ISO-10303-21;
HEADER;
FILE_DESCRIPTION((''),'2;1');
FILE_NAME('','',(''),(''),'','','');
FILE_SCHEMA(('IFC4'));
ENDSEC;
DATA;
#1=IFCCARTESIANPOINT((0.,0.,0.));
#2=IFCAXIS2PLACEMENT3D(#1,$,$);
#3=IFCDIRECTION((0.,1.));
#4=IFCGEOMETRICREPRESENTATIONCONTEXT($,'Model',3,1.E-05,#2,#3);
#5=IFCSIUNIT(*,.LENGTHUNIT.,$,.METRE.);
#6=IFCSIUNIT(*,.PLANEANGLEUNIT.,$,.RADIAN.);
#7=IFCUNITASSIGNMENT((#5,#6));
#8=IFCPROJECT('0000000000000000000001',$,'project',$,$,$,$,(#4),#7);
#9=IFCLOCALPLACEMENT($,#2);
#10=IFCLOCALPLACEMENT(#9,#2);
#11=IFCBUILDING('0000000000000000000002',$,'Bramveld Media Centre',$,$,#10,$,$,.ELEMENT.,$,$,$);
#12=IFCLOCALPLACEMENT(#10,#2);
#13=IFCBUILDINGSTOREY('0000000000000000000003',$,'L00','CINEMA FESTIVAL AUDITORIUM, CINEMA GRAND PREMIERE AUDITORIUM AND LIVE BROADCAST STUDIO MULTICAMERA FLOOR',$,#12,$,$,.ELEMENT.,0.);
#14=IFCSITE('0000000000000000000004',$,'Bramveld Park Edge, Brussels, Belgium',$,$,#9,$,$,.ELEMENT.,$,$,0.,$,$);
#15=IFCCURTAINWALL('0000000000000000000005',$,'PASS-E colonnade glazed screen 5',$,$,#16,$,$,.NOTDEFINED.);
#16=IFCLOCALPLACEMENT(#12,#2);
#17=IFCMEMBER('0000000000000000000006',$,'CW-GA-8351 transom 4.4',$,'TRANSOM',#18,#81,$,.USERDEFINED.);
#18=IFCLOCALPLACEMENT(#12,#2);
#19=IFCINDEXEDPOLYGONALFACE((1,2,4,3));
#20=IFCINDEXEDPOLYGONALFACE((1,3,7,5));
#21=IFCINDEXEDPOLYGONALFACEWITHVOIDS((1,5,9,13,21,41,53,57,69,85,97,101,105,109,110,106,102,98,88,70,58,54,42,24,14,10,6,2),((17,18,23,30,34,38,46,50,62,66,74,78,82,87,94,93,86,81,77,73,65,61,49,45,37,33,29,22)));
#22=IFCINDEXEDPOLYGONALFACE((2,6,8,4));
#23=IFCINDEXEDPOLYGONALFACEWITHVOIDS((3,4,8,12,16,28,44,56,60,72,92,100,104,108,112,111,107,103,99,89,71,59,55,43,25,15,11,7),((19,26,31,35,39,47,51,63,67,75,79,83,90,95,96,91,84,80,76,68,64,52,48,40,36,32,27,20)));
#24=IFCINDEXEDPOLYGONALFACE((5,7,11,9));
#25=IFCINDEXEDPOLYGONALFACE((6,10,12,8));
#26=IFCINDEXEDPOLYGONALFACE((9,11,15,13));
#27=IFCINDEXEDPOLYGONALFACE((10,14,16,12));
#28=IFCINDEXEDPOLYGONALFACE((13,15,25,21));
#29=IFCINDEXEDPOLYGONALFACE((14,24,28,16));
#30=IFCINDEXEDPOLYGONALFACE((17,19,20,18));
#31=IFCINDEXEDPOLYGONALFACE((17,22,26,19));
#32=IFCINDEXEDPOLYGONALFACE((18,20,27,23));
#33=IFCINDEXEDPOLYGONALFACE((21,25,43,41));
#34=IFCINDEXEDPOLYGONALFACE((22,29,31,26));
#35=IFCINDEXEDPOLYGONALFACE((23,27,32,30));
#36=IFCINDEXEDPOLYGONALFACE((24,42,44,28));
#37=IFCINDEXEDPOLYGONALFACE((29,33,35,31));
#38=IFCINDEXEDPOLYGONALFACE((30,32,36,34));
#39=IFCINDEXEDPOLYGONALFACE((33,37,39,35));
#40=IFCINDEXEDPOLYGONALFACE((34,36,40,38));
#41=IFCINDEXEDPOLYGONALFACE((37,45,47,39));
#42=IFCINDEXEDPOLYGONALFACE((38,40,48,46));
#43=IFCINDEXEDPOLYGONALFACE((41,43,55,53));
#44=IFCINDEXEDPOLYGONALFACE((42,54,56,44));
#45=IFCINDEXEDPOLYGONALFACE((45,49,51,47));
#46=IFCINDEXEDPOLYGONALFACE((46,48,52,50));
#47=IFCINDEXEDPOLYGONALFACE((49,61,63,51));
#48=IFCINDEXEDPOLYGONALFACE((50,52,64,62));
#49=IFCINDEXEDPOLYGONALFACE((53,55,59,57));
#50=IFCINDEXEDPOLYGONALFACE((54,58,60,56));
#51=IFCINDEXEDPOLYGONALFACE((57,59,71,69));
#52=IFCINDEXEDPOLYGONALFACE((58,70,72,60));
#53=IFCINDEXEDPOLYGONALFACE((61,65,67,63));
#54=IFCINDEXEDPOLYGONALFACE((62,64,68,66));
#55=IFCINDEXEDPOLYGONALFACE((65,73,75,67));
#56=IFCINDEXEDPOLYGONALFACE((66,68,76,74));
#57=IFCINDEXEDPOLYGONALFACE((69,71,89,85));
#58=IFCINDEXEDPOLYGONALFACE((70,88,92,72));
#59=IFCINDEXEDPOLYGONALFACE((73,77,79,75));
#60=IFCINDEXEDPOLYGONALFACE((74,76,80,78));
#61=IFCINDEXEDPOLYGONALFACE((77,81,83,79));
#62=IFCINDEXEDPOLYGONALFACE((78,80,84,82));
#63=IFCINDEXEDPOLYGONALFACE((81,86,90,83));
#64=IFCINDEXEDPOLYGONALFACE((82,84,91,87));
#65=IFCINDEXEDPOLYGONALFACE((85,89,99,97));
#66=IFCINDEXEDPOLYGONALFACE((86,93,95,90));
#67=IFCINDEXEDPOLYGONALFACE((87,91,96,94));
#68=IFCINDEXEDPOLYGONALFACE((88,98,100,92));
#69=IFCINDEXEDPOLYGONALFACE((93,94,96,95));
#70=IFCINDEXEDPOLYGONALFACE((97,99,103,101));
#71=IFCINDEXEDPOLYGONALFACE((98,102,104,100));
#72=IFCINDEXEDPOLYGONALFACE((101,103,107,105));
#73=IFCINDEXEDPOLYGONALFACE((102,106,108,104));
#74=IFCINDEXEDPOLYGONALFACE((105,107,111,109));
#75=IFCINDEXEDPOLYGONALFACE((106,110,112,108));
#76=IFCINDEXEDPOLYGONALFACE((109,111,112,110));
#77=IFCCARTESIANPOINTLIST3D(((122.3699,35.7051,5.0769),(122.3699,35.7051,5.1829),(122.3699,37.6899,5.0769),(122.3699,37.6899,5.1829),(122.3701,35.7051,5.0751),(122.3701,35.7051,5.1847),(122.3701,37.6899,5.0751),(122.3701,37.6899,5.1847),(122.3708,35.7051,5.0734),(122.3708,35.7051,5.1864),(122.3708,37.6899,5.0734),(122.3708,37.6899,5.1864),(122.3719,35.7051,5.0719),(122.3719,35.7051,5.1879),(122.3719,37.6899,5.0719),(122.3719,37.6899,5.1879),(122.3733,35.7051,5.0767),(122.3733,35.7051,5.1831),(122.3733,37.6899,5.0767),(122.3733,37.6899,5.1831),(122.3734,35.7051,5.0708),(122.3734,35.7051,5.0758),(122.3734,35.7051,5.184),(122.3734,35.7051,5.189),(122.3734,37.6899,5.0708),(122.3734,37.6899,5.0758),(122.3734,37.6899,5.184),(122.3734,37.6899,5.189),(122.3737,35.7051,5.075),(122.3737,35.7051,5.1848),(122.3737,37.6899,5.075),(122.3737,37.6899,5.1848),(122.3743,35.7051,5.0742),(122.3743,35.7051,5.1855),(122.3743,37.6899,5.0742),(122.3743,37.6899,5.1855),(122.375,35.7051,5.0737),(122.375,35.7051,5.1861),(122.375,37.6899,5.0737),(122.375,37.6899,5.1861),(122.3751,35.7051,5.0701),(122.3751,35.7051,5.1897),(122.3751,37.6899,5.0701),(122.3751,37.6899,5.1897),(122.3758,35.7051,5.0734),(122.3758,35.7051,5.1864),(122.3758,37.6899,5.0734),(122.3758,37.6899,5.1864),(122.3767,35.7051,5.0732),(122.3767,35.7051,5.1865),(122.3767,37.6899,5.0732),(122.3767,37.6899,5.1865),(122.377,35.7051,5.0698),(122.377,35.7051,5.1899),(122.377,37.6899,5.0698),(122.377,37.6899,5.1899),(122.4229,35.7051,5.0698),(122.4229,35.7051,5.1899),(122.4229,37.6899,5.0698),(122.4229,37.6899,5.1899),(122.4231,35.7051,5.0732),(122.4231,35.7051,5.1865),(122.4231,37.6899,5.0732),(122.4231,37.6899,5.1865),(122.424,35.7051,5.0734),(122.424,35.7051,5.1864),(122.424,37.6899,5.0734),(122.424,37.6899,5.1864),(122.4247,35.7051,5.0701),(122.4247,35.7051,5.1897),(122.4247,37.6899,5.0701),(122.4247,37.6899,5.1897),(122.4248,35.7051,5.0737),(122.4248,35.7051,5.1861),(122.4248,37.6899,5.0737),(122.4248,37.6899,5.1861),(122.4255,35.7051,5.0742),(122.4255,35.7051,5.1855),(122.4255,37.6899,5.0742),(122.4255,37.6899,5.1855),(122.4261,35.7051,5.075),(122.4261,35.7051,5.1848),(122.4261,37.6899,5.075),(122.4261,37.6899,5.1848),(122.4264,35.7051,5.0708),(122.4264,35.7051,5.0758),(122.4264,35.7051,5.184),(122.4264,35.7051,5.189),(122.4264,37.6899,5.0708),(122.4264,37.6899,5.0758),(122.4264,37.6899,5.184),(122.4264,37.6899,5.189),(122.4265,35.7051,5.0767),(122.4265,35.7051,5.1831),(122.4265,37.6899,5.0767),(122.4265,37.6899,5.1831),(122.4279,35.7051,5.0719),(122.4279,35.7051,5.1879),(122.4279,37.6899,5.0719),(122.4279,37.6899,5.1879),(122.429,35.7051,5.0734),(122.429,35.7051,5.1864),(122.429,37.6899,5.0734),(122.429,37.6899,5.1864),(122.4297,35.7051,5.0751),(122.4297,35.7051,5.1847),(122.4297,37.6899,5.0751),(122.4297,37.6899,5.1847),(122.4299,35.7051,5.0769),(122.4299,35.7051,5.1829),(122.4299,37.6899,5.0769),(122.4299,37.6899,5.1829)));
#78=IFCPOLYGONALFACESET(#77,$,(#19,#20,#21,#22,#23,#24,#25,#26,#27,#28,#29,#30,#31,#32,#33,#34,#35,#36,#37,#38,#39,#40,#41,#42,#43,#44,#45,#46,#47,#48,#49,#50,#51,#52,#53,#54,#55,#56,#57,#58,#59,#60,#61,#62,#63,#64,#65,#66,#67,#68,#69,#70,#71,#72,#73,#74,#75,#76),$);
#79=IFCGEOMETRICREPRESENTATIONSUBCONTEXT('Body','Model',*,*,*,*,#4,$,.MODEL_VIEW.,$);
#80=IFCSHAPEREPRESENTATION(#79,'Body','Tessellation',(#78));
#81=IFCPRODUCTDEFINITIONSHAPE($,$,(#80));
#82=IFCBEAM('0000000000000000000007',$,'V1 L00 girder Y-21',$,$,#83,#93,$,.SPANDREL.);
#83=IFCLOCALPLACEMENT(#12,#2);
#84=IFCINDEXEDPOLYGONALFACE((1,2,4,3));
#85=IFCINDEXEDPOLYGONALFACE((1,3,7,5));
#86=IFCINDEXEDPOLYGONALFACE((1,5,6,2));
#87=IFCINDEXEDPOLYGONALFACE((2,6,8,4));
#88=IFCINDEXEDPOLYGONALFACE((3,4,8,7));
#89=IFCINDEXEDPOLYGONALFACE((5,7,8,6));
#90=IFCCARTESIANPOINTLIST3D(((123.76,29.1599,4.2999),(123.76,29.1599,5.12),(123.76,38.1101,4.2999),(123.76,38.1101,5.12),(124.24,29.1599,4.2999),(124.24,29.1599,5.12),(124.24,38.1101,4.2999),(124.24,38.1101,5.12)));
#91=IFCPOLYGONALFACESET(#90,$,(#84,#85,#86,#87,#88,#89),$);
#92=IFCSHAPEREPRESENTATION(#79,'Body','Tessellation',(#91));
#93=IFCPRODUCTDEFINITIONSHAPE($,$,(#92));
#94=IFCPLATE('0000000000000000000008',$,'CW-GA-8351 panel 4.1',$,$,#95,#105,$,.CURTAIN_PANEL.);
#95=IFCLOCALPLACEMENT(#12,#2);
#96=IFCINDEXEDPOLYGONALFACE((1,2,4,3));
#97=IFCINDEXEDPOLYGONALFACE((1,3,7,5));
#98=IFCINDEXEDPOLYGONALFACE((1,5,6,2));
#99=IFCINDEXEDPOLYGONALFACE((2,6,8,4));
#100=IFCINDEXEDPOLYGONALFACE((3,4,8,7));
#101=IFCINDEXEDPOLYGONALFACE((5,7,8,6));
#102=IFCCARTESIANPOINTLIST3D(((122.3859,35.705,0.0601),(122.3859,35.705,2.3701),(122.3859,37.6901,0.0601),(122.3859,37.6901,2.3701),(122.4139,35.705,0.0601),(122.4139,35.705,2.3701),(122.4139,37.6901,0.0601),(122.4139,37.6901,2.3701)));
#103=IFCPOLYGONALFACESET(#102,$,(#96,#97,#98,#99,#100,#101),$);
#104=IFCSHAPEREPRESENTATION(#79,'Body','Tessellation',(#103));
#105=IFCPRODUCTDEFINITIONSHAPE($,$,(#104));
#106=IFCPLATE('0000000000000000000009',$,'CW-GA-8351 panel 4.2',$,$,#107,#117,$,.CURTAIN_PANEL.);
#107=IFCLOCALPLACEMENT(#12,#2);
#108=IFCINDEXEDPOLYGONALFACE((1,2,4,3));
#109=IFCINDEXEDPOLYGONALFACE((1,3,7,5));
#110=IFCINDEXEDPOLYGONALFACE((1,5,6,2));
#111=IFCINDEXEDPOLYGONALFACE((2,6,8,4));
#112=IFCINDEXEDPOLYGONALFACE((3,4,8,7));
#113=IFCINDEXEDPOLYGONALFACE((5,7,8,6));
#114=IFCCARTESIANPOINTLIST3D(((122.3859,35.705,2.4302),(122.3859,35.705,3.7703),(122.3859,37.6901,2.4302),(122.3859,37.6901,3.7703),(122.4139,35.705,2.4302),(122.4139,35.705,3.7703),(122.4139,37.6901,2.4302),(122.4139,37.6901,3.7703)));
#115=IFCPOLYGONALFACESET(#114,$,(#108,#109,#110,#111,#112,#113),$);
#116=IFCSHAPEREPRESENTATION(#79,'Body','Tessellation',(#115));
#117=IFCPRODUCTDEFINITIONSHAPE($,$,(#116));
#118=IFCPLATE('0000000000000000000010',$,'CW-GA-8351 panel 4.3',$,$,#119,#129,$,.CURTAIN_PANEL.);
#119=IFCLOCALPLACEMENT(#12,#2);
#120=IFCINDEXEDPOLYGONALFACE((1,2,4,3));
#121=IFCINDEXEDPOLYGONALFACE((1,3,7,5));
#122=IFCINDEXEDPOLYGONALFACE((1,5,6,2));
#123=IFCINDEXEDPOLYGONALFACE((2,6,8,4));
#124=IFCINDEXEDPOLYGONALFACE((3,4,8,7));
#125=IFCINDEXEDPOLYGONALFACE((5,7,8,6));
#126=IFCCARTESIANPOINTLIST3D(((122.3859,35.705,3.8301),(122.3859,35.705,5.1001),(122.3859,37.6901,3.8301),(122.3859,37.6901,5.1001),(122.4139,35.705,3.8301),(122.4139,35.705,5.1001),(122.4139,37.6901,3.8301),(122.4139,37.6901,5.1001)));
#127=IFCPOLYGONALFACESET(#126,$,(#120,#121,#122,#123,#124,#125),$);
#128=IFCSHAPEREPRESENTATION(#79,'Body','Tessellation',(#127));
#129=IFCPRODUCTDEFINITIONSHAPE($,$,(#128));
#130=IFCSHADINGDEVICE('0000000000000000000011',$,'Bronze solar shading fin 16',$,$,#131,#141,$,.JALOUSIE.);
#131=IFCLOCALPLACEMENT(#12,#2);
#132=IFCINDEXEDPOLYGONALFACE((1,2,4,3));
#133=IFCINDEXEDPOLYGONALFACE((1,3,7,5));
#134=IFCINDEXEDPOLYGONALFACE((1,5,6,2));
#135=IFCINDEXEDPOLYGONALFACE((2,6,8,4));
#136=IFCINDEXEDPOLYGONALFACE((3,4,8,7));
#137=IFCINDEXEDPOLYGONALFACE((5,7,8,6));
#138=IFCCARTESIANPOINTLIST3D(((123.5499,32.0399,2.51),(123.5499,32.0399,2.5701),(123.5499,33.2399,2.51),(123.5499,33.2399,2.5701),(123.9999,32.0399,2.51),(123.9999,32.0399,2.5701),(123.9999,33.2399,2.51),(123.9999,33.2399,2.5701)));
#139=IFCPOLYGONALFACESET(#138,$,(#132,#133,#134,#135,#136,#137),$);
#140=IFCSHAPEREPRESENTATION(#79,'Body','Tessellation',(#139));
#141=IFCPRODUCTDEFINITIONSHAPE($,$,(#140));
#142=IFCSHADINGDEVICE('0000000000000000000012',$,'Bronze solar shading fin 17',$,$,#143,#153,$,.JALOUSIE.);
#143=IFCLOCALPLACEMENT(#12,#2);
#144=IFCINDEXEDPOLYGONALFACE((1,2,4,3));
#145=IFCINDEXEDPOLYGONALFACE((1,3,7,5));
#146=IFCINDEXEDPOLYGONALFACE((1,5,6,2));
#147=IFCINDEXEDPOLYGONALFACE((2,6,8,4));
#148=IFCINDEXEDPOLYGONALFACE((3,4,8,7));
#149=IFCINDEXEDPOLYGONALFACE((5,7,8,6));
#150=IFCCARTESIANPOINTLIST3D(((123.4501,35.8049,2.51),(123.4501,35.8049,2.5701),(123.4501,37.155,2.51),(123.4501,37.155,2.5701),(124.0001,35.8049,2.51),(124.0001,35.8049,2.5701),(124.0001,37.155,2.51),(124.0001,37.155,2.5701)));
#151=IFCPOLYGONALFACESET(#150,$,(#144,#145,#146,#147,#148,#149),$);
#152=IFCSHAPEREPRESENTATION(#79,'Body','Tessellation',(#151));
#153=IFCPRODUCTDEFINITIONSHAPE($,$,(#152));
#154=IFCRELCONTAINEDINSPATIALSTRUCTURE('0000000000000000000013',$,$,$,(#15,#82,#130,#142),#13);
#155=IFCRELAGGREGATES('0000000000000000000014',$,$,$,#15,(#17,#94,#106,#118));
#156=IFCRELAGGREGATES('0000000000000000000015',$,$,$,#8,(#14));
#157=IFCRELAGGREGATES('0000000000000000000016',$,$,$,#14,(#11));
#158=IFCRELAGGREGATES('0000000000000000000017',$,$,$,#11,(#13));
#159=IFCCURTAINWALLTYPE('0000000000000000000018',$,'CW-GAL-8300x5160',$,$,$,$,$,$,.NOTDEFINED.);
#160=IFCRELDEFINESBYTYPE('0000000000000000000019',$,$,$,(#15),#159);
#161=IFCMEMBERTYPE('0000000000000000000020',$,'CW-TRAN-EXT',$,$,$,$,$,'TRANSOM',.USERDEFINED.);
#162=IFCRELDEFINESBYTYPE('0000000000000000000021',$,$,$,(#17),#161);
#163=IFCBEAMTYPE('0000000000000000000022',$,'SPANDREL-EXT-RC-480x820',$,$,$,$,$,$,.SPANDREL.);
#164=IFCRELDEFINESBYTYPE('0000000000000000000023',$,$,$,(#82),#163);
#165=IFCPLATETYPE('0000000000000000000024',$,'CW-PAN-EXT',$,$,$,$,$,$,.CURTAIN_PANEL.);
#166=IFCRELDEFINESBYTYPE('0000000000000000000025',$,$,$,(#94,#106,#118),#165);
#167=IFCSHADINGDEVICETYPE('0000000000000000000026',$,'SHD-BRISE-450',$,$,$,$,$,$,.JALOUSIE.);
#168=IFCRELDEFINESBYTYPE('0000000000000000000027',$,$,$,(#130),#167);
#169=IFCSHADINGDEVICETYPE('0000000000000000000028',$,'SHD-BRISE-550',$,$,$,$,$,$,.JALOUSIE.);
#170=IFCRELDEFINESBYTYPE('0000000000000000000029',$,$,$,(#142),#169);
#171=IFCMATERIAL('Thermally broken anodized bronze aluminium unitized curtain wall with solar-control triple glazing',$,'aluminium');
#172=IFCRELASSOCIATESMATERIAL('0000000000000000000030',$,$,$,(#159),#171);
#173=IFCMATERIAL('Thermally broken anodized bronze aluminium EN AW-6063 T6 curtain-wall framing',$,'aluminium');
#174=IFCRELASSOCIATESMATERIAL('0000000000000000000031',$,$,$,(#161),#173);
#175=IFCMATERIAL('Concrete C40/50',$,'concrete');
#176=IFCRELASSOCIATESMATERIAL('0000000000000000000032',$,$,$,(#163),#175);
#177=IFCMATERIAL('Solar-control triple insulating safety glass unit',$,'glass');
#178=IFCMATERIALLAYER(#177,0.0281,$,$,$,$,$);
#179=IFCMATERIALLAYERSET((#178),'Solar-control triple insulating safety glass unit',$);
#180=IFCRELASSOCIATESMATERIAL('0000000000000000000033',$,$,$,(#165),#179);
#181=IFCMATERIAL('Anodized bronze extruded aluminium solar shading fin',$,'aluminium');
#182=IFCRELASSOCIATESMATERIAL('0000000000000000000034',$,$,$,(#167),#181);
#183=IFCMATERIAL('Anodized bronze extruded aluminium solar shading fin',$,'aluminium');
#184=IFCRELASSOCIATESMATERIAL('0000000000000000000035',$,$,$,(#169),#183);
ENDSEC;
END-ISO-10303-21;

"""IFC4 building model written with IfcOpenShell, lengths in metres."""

from ifc_helpers import new_model, si_unit, direction, frame, origin, origin_2d, place, context, subcontext, project, spatial, rectangle, hollow_rectangle, extrude, material, layer, layer_set, material_profile, profile_set, type_object, element, aggregate, save


model = new_model("IFC4")

# Units and contexts
model_context = context("Model", 3, precision=1e-05, world=origin(), true_north=direction((0.0, 1.0)))
body_context = subcontext(model_context, "Body", "Model", "MODEL_VIEW")
ifc_project = project(units=[si_unit("LENGTHUNIT", "METRE"), si_unit("PLANEANGLEUNIT", "RADIAN")], contexts=[model_context])

# Site, building, storey
site_placement = place(None, origin())
site = spatial("IfcSite", under=ifc_project, at=site_placement, Name="Bramveld Park Edge, Brussels, Belgium", CompositionType="ELEMENT", RefElevation=0.0)
building_placement = place(site_placement, origin())
building = spatial("IfcBuilding", under=site, at=building_placement, Name="Bramveld Media Centre", CompositionType="ELEMENT")
storey_placement = place(building_placement, origin())
storey = spatial("IfcBuildingStorey", under=building, at=storey_placement, Name="L00", Description="CINEMA FESTIVAL AUDITORIUM, CINEMA GRAND PREMIERE AUDITORIUM AND LIVE BROADCAST STUDIO MULTICAMERA FLOOR", CompositionType="ELEMENT", Elevation=0.0)

# Curtain wall, member
ifc_material_1 = material(Name="Thermally broken anodized bronze aluminium unitized curtain wall with solar-control triple glazing", Category="aluminium")
curtain_wall_type = type_object("IfcCurtainWallType", Name="CW-GAL-8300x5160", PredefinedType="NOTDEFINED", material=ifc_material_1)
curtain_wall_placement = place(storey_placement, origin())
curtain_wall = element("IfcCurtainWall", 1, at=curtain_wall_placement, inside=storey, type_object=curtain_wall_type, Name="PASS-E colonnade glazed screen 5", PredefinedType="NOTDEFINED")
ifc_material_2 = material(Name="Thermally broken anodized bronze aluminium EN AW-6063 T6 curtain-wall framing", Category="aluminium")
ifc_material_profile_1 = material_profile(ifc_material_2, hollow_rectangle(XDim=0.0601, YDim=0.1201, WallThickness=0.0034, InnerFilletRadius=0.0034, OuterFilletRadius=0.0071, at=origin_2d()), Name="AL-TRAN 60x120")
ifc_profile_set_1 = profile_set([ifc_material_profile_1], Name="Thermally broken anodized bronze aluminium EN AW-6063 T6 curtain-wall framing")
member_type_1 = type_object("IfcMemberType", Name="CW-TRAN-EXT", ElementType="TRANSOM", PredefinedType="USERDEFINED", material=ifc_profile_set_1)
member_1_placement = place(storey_placement, frame((122.3999, 35.7051, 5.1299), z_axis=(0.0, 1.0, 0.0), x_axis=(-1.0, 0.0, 0.0)))
member_1 = element("IfcMember", 2, at=member_1_placement, type_object=member_type_1, Name="CW-GA-8351 transom 4.4", ObjectType="TRANSOM", PredefinedType="USERDEFINED", context=body_context, shape_type="SweptSolid", body=[
    extrude(hollow_rectangle(XDim=0.0601, YDim=0.1201, WallThickness=0.0034, InnerFilletRadius=0.0034, OuterFilletRadius=0.0071, at=origin_2d()), origin(), (0.0, 0.0, 1.0), 1.9849),
])

# Beam
ifc_material_3 = material(Name="Concrete C40/50", Category="concrete")
ifc_material_profile_2 = material_profile(ifc_material_3, rectangle(XDim=0.48, YDim=0.8201, at=origin_2d()), Name="RC 480x820")
ifc_profile_set_2 = profile_set([ifc_material_profile_2], Name="Concrete C40/50")
beam_type = type_object("IfcBeamType", Name="SPANDREL-EXT-RC-480x820", PredefinedType="SPANDREL", material=ifc_profile_set_2)
beam_placement = place(storey_placement, frame((124.0, 29.1599, 4.71), z_axis=(0.0, 1.0, 0.0), x_axis=(-1.0, 0.0, 0.0)))
element("IfcBeam", 3, at=beam_placement, inside=storey, type_object=beam_type, Name="V1 L00 girder Y-21", PredefinedType="SPANDREL", context=body_context, shape_type="SweptSolid", body=[
    extrude(rectangle(XDim=0.48, YDim=0.8201, at=origin_2d()), origin(), (0.0, 0.0, 1.0), 8.9502),
])

# Plates
ifc_material_4 = material(Name="Solar-control triple insulating safety glass unit", Category="glass")
ifc_layer_1 = layer(ifc_material_4, 0.0281)
ifc_layer_set_1 = layer_set([ifc_layer_1], Name="Solar-control triple insulating safety glass unit")
plate_type = type_object("IfcPlateType", Name="CW-PAN-EXT", PredefinedType="CURTAIN_PANEL", material=ifc_layer_set_1)
plate_1_placement = place(storey_placement, frame((122.3999, 36.6975, 0.0601), z_axis=(0.0, 0.0, 1.0), x_axis=(0.0, 1.0, 0.0)))
plate_1 = element("IfcPlate", 4, at=plate_1_placement, type_object=plate_type, Name="CW-GA-8351 panel 4.1", PredefinedType="CURTAIN_PANEL", context=body_context, shape_type="SweptSolid", body=[
    extrude(rectangle(XDim=1.9851, YDim=0.0281, at=origin_2d()), origin(), (0.0, 0.0, 1.0), 2.3101),
])
plate_2_placement = place(storey_placement, frame((122.3999, 36.6975, 2.4302), z_axis=(0.0, 0.0, 1.0), x_axis=(0.0, 1.0, 0.0)))
plate_2 = element("IfcPlate", 5, at=plate_2_placement, type_object=plate_type, Name="CW-GA-8351 panel 4.2", PredefinedType="CURTAIN_PANEL", context=body_context, shape_type="SweptSolid", body=[
    extrude(rectangle(XDim=1.9851, YDim=0.0281, at=origin_2d()), origin(), (0.0, 0.0, 1.0), 1.3401),
])
plate_3_placement = place(storey_placement, frame((122.3999, 36.6975, 3.8301), z_axis=(0.0, 0.0, 1.0), x_axis=(0.0, 1.0, 0.0)))
plate_3 = element("IfcPlate", 6, at=plate_3_placement, type_object=plate_type, Name="CW-GA-8351 panel 4.3", PredefinedType="CURTAIN_PANEL", context=body_context, shape_type="SweptSolid", body=[
    extrude(rectangle(XDim=1.9851, YDim=0.0281, at=origin_2d()), origin(), (0.0, 0.0, 1.0), 1.27),
])
aggregate(curtain_wall, [member_1, plate_1, plate_2, plate_3])

# Shading devices
ifc_material_5 = material(Name="Anodized bronze extruded aluminium solar shading fin", Category="aluminium")
shading_device_type_1 = type_object("IfcShadingDeviceType", Name="SHD-BRISE-450", PredefinedType="JALOUSIE", material=ifc_material_5)
shading_device_1_placement = place(storey_placement, frame((123.7749, 32.6399, 2.51), z_axis=(0.0, 0.0, 1.0), x_axis=(1.0, 0.0, 0.0)))
element("IfcShadingDevice", 7, at=shading_device_1_placement, inside=storey, type_object=shading_device_type_1, Name="Bronze solar shading fin 16", PredefinedType="JALOUSIE", context=body_context, shape_type="SweptSolid", body=[
    extrude(rectangle(XDim=0.45, YDim=1.2, at=origin_2d()), origin(), (0.0, 0.0, 1.0), 0.0601),
])
ifc_material_6 = material(Name="Anodized bronze extruded aluminium solar shading fin", Category="aluminium")
shading_device_type_2 = type_object("IfcShadingDeviceType", Name="SHD-BRISE-550", PredefinedType="JALOUSIE", material=ifc_material_6)
shading_device_2_placement = place(storey_placement, frame((123.7251, 36.48, 2.51), z_axis=(0.0, 0.0, 1.0), x_axis=(1.0, 0.0, 0.0)))
element("IfcShadingDevice", 8, at=shading_device_2_placement, inside=storey, type_object=shading_device_type_2, Name="Bronze solar shading fin 17", PredefinedType="JALOUSIE", context=body_context, shape_type="SweptSolid", body=[
    extrude(rectangle(XDim=0.55, YDim=1.3501, at=origin_2d()), origin(), (0.0, 0.0, 1.0), 0.0601),
])

save(model, "model.ifc")
